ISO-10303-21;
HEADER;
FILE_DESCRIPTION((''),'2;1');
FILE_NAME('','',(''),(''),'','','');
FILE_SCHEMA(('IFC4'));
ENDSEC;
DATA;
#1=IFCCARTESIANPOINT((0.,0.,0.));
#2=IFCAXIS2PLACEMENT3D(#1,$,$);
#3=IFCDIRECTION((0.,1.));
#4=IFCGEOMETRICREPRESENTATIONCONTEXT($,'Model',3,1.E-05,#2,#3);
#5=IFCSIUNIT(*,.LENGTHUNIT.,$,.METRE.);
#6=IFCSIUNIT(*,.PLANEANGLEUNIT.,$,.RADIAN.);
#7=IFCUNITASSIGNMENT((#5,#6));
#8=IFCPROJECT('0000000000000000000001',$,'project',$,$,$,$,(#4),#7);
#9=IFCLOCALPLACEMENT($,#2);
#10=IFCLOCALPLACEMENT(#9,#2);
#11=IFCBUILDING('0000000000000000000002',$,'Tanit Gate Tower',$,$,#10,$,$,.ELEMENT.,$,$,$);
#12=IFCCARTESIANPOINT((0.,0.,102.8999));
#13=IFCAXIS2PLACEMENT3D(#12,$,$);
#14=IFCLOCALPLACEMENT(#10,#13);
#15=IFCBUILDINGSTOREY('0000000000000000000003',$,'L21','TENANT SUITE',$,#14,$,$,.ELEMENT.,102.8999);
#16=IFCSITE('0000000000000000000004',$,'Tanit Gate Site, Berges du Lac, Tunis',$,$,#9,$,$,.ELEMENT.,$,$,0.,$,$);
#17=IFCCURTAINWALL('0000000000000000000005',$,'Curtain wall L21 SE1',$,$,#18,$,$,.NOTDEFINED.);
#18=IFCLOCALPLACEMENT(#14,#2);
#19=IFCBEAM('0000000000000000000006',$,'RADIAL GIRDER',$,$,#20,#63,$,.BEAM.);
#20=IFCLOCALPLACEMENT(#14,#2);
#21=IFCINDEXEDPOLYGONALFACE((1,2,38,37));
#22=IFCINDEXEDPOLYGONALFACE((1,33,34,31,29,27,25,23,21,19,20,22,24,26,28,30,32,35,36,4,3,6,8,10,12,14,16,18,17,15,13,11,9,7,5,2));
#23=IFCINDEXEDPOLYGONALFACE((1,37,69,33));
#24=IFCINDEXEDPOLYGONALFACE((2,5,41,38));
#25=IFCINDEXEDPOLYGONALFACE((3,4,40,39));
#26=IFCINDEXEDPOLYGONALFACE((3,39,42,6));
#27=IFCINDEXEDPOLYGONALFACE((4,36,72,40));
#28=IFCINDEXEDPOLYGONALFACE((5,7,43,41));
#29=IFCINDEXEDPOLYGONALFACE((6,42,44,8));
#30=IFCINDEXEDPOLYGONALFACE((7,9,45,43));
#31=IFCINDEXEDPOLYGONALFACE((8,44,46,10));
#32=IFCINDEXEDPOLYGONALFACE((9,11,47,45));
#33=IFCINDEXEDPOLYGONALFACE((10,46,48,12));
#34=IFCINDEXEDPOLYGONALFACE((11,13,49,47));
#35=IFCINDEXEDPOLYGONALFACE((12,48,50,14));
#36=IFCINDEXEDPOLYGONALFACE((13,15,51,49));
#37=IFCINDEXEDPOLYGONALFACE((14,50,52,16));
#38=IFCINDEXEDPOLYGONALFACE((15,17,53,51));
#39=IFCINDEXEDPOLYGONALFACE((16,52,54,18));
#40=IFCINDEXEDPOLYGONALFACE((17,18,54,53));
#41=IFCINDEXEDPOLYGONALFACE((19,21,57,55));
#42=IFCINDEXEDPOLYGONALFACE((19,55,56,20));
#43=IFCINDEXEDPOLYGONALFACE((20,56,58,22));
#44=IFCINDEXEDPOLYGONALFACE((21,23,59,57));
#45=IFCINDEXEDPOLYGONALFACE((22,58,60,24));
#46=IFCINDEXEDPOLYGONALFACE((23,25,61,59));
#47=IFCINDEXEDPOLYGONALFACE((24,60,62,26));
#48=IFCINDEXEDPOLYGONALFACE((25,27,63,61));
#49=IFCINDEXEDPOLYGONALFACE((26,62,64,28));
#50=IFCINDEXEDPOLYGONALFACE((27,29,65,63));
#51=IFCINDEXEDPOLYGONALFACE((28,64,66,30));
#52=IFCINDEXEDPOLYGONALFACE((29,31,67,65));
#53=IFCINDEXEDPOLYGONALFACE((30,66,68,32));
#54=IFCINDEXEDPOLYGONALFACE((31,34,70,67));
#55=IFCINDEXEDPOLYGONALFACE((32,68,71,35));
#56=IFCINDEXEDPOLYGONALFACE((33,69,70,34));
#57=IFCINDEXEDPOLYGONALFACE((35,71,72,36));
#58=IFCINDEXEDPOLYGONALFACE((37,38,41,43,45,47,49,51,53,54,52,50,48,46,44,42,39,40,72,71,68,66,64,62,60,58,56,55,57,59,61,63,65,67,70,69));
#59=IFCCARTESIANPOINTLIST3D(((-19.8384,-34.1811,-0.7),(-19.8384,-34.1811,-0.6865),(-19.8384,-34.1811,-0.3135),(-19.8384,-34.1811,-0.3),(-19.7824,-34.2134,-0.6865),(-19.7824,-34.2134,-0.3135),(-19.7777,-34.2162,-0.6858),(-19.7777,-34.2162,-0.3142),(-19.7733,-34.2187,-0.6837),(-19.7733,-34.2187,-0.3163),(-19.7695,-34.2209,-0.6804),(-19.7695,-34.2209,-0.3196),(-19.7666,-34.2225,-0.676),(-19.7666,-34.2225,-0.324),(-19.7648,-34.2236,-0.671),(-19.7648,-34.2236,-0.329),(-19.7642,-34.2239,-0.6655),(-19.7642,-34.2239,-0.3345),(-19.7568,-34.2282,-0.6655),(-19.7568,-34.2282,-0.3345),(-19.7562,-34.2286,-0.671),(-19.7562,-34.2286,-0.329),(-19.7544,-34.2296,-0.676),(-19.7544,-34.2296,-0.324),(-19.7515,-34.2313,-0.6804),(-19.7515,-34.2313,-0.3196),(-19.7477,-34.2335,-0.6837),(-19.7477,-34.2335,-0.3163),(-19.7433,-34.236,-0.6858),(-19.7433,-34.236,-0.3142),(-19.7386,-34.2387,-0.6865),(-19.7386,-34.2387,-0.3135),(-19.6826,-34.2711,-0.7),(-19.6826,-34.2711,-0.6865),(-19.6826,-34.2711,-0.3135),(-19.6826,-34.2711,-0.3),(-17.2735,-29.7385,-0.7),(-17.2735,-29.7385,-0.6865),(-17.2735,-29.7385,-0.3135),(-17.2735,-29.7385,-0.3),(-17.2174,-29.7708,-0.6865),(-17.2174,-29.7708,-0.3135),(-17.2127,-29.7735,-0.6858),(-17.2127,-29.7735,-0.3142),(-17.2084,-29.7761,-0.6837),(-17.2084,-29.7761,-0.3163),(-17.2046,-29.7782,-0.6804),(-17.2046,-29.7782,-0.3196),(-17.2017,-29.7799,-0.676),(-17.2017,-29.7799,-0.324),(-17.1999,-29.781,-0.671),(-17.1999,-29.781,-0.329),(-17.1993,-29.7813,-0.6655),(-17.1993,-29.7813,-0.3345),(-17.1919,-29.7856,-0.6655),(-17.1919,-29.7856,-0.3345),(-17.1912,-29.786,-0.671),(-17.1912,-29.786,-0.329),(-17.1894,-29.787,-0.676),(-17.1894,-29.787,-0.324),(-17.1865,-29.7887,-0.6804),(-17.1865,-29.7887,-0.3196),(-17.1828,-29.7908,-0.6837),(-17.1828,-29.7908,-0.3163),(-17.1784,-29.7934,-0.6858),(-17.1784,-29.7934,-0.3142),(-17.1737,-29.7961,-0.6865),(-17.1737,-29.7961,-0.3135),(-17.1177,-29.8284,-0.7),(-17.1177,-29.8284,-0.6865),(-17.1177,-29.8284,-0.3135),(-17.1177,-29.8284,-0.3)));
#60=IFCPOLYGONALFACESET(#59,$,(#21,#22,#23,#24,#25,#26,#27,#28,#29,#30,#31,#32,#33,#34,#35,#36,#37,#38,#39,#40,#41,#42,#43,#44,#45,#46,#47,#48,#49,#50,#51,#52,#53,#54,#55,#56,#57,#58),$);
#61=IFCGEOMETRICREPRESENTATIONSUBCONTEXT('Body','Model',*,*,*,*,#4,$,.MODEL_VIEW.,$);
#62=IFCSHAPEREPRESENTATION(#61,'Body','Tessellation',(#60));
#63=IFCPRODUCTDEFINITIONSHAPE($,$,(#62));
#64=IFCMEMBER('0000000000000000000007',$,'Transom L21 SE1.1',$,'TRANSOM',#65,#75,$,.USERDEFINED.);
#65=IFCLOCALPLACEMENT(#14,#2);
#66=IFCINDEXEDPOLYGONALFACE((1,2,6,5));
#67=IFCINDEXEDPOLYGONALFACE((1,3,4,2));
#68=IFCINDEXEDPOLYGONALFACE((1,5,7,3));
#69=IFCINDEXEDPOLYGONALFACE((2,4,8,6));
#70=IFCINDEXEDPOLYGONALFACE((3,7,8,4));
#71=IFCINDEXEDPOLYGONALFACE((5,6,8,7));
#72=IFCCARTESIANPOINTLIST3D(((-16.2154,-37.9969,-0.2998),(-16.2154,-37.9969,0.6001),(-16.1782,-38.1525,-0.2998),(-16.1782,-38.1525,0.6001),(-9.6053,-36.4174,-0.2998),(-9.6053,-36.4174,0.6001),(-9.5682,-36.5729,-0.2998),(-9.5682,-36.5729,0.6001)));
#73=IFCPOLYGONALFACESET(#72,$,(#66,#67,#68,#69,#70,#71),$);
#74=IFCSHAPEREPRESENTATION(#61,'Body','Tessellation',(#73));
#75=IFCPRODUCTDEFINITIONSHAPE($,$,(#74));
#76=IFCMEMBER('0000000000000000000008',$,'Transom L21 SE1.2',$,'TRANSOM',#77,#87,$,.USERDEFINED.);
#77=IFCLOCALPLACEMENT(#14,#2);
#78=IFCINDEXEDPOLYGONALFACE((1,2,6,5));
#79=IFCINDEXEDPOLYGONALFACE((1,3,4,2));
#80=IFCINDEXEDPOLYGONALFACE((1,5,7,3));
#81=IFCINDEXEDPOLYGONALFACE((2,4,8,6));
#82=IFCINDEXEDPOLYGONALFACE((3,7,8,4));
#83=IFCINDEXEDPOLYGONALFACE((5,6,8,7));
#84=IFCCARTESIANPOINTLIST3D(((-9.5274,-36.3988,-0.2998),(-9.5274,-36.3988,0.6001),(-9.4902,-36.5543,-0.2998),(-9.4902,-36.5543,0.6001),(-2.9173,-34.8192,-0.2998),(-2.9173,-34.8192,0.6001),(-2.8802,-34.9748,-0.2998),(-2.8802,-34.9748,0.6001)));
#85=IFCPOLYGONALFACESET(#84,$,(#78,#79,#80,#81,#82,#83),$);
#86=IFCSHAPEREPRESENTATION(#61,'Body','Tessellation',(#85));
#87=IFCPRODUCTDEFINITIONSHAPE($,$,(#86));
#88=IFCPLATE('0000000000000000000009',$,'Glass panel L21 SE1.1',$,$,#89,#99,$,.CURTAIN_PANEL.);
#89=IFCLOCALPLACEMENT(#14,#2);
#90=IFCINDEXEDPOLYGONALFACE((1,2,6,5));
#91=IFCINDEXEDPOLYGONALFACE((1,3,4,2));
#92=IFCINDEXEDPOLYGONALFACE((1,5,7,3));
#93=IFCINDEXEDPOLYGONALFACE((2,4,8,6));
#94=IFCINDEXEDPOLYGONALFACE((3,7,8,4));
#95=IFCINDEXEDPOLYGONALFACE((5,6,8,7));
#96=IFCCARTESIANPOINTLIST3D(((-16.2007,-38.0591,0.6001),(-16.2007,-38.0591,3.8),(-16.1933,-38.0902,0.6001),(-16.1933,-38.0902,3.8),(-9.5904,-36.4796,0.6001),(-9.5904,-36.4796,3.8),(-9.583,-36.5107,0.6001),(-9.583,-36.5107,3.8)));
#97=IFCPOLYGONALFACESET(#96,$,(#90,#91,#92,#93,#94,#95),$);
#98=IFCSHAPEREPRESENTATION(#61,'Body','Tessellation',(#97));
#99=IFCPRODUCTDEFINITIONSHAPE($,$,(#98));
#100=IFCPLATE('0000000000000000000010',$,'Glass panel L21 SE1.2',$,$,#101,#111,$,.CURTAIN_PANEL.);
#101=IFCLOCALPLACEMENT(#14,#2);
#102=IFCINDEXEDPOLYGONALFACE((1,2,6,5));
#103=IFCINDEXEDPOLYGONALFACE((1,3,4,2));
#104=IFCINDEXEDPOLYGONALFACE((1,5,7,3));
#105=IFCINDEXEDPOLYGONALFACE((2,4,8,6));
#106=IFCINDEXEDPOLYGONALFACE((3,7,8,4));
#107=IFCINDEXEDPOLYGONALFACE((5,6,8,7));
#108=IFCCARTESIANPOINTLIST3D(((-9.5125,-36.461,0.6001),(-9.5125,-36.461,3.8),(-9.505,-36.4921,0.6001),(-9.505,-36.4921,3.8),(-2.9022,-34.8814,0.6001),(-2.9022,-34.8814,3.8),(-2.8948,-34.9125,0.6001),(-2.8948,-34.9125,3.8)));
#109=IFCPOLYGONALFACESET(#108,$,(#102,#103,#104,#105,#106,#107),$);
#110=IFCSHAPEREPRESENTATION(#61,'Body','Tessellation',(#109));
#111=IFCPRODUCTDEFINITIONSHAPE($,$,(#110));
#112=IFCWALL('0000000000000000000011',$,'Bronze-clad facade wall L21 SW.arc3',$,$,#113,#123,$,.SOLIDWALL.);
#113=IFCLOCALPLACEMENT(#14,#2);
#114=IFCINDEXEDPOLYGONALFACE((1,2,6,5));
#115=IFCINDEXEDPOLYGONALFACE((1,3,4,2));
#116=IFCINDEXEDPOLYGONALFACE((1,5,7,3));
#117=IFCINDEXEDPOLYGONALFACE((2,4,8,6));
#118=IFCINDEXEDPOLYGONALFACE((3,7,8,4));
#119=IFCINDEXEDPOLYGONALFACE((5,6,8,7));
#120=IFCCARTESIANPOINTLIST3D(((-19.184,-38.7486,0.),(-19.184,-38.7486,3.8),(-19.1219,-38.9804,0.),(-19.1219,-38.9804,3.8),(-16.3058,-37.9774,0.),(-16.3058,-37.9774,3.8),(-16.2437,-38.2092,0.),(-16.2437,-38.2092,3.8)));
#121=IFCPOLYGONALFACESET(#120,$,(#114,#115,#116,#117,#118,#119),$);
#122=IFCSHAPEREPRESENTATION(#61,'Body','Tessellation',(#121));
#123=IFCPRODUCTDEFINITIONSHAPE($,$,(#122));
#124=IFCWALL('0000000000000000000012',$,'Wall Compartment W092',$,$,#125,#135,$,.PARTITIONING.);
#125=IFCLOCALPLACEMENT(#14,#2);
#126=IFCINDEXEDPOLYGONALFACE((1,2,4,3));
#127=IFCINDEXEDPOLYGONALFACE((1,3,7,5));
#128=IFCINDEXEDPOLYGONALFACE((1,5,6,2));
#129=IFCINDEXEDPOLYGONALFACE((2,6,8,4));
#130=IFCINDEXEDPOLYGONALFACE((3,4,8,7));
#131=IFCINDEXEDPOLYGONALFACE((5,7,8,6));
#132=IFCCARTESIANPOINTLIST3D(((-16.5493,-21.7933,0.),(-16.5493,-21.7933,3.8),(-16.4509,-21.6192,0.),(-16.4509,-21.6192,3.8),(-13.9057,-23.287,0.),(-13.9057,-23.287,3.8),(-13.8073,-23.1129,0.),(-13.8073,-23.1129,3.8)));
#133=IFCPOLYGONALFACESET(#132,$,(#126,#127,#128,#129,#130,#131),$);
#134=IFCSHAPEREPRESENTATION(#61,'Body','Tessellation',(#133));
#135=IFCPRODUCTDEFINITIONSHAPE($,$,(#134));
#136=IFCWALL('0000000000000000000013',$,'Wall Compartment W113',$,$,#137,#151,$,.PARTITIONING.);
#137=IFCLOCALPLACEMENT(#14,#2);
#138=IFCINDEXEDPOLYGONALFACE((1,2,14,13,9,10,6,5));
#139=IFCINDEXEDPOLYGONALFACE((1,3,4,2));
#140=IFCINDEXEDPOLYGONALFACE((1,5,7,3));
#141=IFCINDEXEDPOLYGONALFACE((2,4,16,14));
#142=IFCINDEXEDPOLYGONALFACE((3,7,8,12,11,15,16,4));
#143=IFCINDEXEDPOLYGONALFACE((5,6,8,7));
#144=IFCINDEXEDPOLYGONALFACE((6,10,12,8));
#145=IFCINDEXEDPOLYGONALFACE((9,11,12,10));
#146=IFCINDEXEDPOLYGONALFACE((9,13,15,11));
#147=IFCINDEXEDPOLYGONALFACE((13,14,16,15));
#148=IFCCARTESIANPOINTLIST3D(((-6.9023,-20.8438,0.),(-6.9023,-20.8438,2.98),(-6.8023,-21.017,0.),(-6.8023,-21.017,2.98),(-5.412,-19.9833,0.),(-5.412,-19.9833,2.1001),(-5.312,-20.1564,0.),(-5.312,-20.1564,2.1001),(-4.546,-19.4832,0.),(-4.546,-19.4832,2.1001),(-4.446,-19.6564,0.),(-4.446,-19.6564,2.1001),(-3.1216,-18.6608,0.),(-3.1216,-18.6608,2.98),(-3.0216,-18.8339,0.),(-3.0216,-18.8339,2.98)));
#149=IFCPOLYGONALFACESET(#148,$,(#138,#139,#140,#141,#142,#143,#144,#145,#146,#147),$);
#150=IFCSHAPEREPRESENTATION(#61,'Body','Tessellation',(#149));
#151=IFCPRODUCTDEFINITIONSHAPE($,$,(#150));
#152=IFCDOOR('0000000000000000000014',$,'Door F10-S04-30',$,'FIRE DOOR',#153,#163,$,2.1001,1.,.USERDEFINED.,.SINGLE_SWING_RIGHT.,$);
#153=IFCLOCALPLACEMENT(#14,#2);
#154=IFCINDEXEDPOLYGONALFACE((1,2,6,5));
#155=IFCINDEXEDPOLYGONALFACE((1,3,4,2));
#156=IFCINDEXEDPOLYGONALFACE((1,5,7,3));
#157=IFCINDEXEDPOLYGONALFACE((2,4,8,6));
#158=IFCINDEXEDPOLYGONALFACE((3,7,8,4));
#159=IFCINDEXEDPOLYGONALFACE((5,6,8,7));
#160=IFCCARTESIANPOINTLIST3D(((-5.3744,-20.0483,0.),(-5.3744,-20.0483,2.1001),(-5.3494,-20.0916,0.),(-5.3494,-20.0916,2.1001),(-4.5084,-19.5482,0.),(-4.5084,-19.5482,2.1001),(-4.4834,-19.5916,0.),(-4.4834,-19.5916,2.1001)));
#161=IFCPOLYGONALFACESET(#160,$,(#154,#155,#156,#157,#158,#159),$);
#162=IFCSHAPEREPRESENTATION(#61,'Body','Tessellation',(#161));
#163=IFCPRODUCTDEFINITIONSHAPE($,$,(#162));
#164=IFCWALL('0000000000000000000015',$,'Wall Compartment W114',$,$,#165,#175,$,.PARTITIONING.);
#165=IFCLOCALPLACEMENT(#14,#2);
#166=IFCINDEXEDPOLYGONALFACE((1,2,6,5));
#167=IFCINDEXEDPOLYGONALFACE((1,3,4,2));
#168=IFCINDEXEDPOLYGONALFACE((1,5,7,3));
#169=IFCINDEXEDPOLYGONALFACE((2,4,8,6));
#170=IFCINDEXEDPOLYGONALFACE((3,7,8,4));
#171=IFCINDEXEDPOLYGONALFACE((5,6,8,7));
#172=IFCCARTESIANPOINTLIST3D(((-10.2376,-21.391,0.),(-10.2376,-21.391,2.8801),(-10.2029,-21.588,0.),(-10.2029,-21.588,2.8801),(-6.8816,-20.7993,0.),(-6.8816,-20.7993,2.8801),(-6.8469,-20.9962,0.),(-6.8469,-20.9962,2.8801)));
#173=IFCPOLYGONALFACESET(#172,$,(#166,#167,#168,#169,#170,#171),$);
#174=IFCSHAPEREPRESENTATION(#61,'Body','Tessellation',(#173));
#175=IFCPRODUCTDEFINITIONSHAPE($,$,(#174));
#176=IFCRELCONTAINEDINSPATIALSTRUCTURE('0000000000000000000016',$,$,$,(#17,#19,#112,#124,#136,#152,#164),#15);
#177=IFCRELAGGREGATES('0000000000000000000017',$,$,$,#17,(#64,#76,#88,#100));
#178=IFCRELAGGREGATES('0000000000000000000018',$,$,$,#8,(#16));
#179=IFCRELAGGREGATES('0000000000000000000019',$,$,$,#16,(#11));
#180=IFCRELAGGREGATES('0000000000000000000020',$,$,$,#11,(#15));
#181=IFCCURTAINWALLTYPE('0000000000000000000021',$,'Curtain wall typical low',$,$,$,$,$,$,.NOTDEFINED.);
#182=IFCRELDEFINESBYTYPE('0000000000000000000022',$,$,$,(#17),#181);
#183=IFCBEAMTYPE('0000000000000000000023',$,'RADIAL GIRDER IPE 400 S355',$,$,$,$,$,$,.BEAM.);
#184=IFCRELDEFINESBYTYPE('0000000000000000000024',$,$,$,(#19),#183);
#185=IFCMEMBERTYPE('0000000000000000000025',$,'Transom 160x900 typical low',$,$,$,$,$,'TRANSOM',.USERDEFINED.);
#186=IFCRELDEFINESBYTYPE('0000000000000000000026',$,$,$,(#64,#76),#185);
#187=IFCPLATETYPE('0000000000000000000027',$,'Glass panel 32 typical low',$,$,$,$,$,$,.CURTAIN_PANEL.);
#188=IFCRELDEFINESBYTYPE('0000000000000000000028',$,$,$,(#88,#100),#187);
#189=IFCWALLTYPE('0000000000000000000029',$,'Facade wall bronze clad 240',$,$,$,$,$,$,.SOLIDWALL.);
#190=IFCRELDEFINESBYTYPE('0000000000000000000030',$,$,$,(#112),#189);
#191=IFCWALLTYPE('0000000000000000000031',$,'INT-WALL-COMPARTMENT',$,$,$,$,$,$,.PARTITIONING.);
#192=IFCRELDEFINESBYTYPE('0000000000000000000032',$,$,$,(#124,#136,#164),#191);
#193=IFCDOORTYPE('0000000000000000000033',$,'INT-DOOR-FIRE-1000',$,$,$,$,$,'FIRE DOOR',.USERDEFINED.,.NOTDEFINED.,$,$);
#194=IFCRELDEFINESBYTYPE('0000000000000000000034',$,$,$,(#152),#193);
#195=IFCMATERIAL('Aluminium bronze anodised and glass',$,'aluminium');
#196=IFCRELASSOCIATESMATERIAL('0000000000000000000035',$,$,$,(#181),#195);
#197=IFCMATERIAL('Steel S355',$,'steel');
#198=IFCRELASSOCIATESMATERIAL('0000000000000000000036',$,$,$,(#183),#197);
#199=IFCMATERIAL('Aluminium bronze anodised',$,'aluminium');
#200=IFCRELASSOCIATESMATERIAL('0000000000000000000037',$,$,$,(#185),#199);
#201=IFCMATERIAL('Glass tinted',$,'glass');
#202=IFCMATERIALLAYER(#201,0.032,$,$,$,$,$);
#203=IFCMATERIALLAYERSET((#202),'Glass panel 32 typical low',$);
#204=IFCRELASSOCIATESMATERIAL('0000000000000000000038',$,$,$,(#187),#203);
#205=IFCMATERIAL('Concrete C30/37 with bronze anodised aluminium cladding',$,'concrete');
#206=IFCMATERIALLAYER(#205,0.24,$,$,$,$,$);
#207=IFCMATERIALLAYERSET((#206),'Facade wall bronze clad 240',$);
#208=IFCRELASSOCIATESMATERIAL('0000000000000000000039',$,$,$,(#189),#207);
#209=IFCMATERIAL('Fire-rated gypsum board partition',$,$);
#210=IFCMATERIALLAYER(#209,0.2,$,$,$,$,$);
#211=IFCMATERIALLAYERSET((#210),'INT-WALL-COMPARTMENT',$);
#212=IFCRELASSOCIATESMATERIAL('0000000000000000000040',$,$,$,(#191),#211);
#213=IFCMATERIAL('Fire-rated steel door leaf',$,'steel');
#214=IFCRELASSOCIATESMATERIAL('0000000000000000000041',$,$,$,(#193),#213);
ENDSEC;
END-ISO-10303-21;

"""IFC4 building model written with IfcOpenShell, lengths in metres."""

from ifc_helpers import new_model, si_unit, direction, frame, frame_2d, origin, origin_2d, place, context, subcontext, project, spatial, rectangle, i_section, extrude, material, layer, layer_set, material_profile, profile_set, type_object, element, fill, aggregate, save


model = new_model("IFC4")

# Units and contexts
model_context = context("Model", 3, precision=1e-05, world=origin(), true_north=direction((0.0, 1.0)))
body_context = subcontext(model_context, "Body", "Model", "MODEL_VIEW")
ifc_project = project(units=[si_unit("LENGTHUNIT", "METRE"), si_unit("PLANEANGLEUNIT", "RADIAN")], contexts=[model_context])

# Site, building, storey
site_placement = place(None, origin())
site = spatial("IfcSite", under=ifc_project, at=site_placement, Name="Tanit Gate Site, Berges du Lac, Tunis", CompositionType="ELEMENT", RefElevation=0.0)
building_placement = place(site_placement, origin())
building = spatial("IfcBuilding", under=site, at=building_placement, Name="Tanit Gate Tower", CompositionType="ELEMENT")
storey_placement = place(building_placement, frame((0.0, 0.0, 102.8999)))
storey = spatial("IfcBuildingStorey", under=building, at=storey_placement, Name="L21", Description="TENANT SUITE", CompositionType="ELEMENT", Elevation=102.8999)

# Curtain wall
ifc_material_1 = material(Name="Aluminium bronze anodised and glass", Category="aluminium")
curtain_wall_type = type_object("IfcCurtainWallType", Name="Curtain wall typical low", PredefinedType="NOTDEFINED", material=ifc_material_1)
curtain_wall_placement = place(storey_placement, origin())
curtain_wall = element("IfcCurtainWall", 1, at=curtain_wall_placement, inside=storey, type_object=curtain_wall_type, Name="Curtain wall L21 SE1", PredefinedType="NOTDEFINED")

# Beam
ifc_material_2 = material(Name="Steel S355", Category="steel")
ifc_material_profile_1 = material_profile(ifc_material_2, i_section(OverallWidth=0.1799, OverallDepth=0.3999, WebThickness=0.0085, FlangeThickness=0.0134, FilletRadius=0.021, at=origin_2d()), Name="IPE 400")
ifc_profile_set_1 = profile_set([ifc_material_profile_1], Name="Steel S355")
beam_type_1 = type_object("IfcBeamType", Name="RADIAL GIRDER IPE 400 S355", PredefinedType="BEAM", material=ifc_profile_set_1)
beam_1_placement = place(storey_placement, frame((-19.7605, -34.2261, -0.5), z_axis=(0.499998, 0.866026, 0.0), x_axis=(-0.866026, 0.499998, 0.0)))
element("IfcBeam", 2, at=beam_1_placement, inside=storey, type_object=beam_type_1, Name="RADIAL GIRDER", PredefinedType="BEAM", context=body_context, shape_type="SweptSolid", body=[
    extrude(i_section(OverallWidth=0.1799, OverallDepth=0.3999, WebThickness=0.0085, FlangeThickness=0.0134, FilletRadius=0.021, at=origin_2d()), origin(), (0.0, 0.0, 1.0), 5.1299),
])

# Members
ifc_material_3 = material(Name="Aluminium bronze anodised", Category="aluminium")
ifc_material_profile_2 = material_profile(ifc_material_3, rectangle(XDim=0.1599, YDim=0.8999, at=origin_2d()), Name="160x900 bronze transom")
ifc_profile_set_2 = profile_set([ifc_material_profile_2], Name="Aluminium bronze anodised")
member_type_1 = type_object("IfcMemberType", Name="Transom 160x900 typical low", ElementType="TRANSOM", PredefinedType="USERDEFINED", material=ifc_profile_set_2)
member_1_placement = place(storey_placement, frame((-16.1968, -38.0747, 0.1501), z_axis=(0.972615, 0.232422, 0.0), x_axis=(-0.232422, 0.972615, 0.0)))
member_1 = element("IfcMember", 3, at=member_1_placement, type_object=member_type_1, Name="Transom L21 SE1.1", ObjectType="TRANSOM", PredefinedType="USERDEFINED", context=body_context, shape_type="SweptSolid", body=[
    extrude(rectangle(XDim=0.1599, YDim=0.8999, at=origin_2d()), origin(), (0.0, 0.0, 1.0), 6.7961),
])
member_2_placement = place(storey_placement, frame((-9.5088, -36.4766, 0.1501), z_axis=(0.972615, 0.232422, 0.0), x_axis=(-0.232422, 0.972615, 0.0)))
member_2 = element("IfcMember", 4, at=member_2_placement, type_object=member_type_1, Name="Transom L21 SE1.2", ObjectType="TRANSOM", PredefinedType="USERDEFINED", context=body_context, shape_type="SweptSolid", body=[
    extrude(rectangle(XDim=0.1599, YDim=0.8999, at=origin_2d()), origin(), (0.0, 0.0, 1.0), 6.7961),
])

# Plates
ifc_material_4 = material(Name="Glass tinted", Category="glass")
ifc_layer_1 = layer(ifc_material_4, 0.032)
ifc_layer_set_1 = layer_set([ifc_layer_1], Name="Glass panel 32 typical low")
plate_type = type_object("IfcPlateType", Name="Glass panel 32 typical low", PredefinedType="CURTAIN_PANEL", material=ifc_layer_set_1)
plate_1_placement = place(storey_placement, frame((-12.8918, -37.2849, 0.6001), z_axis=(0.0, 0.0, 1.0), x_axis=(0.972618, 0.232409, 0.0)))
plate_1 = element("IfcPlate", 5, at=plate_1_placement, type_object=plate_type, Name="Glass panel L21 SE1.1", PredefinedType="CURTAIN_PANEL", context=body_context, shape_type="SweptSolid", body=[
    extrude(rectangle(XDim=6.7964, YDim=0.032, at=origin_2d()), origin(), (0.0, 0.0, 1.0), 3.2),
])
plate_2_placement = place(storey_placement, frame((-6.2036, -35.6868, 0.6001), z_axis=(0.0, 0.0, 1.0), x_axis=(0.972618, 0.232409, 0.0)))
plate_2 = element("IfcPlate", 6, at=plate_2_placement, type_object=plate_type, Name="Glass panel L21 SE1.2", PredefinedType="CURTAIN_PANEL", context=body_context, shape_type="SweptSolid", body=[
    extrude(rectangle(XDim=6.7964, YDim=0.032, at=origin_2d()), origin(), (0.0, 0.0, 1.0), 3.2),
])
aggregate(curtain_wall, [member_1, member_2, plate_1, plate_2])

# Walls
ifc_material_5 = material(Name="Concrete C30/37 with bronze anodised aluminium cladding", Category="concrete")
ifc_layer_2 = layer(ifc_material_5, 0.24)
ifc_layer_set_2 = layer_set([ifc_layer_2], Name="Facade wall bronze clad 240")
wall_type_1 = type_object("IfcWallType", Name="Facade wall bronze clad 240", PredefinedType="SOLIDWALL", material=ifc_layer_set_2)
wall_1_placement = place(storey_placement, frame((-19.1528, -38.8645, 0.0), z_axis=(0.0, 0.0, 1.0), x_axis=(0.965923, 0.25883, 0.0)))
element("IfcWall", 7, at=wall_1_placement, inside=storey, type_object=wall_type_1, Name="Bronze-clad facade wall L21 SW.arc3", PredefinedType="SOLIDWALL", context=body_context, shape_type="SweptSolid", body=[
    extrude(rectangle(XDim=2.9797, YDim=0.24, at=frame_2d((1.4897, 0.0))), origin(), (0.0, 0.0, 1.0), 3.8),
])
ifc_material_6 = material(Name="Fire-rated gypsum board partition")
ifc_layer_3 = layer(ifc_material_6, 0.2)
ifc_layer_set_3 = layer_set([ifc_layer_3], Name="INT-WALL-COMPARTMENT")
wall_type_2 = type_object("IfcWallType", Name="INT-WALL-COMPARTMENT", PredefinedType="PARTITIONING", material=ifc_layer_set_3)
wall_2_placement = place(storey_placement, frame((-16.5, -21.7063, 0.0), z_axis=(0.0, 0.0, 1.0), x_axis=(0.870638, -0.491925, 0.0)))
element("IfcWall", 8, at=wall_2_placement, inside=storey, type_object=wall_type_2, Name="Wall Compartment W092", PredefinedType="PARTITIONING", context=body_context, shape_type="SweptSolid", body=[
    extrude(rectangle(XDim=3.0364, YDim=0.2, at=frame_2d((1.5181, 0.0))), origin(), (0.0, 0.0, 1.0), 3.8),
])

# Wall, opening, door
wall_3_placement = place(storey_placement, frame((-6.8523, -20.9304, 0.0), z_axis=(0.0, 0.0, 1.0), x_axis=(0.865997, 0.500048, 0.0)))
wall_3 = element("IfcWall", 9, at=wall_3_placement, inside=storey, type_object=wall_type_2, Name="Wall Compartment W113", PredefinedType="PARTITIONING", context=body_context, shape_type="SweptSolid", body=[
    extrude(rectangle(XDim=4.3657, YDim=0.2, at=frame_2d((2.1829, 0.0))), origin(), (0.0, 0.0, 1.0), 2.98),
])
opening_placement = place(wall_3_placement, frame((1.7209, 0.0, 0.0)))
opening = element("IfcOpeningElement", 10, at=opening_placement, cuts=wall_3, PredefinedType="OPENING", context=body_context, shape_type="SweptSolid", body=[
    extrude(rectangle(XDim=1.0, YDim=2.1001, at=frame_2d((0.5, 1.05))), frame((0.0, 0.1099, 0.0), z_axis=(0.0, -1.0, 0.0), x_axis=(1.0, 0.0, 0.0)), (0.0, 0.0, 1.0), 0.22),
])
ifc_material_7 = material(Name="Fire-rated steel door leaf", Category="steel")
door_type = type_object("IfcDoorType", Name="INT-DOOR-FIRE-1000", ElementType="FIRE DOOR", OperationType="NOTDEFINED", PredefinedType="USERDEFINED", material=ifc_material_7)
door_placement = place(opening_placement, origin())
door = element("IfcDoor", 11, at=door_placement, inside=storey, type_object=door_type, Name="Door F10-S04-30", ObjectType="FIRE DOOR", OperationType="SINGLE_SWING_RIGHT", OverallHeight=2.1001, OverallWidth=1.0, PredefinedType="USERDEFINED", context=body_context, shape_type="SweptSolid", body=[
    extrude(rectangle(XDim=1.0, YDim=2.1001, at=frame_2d((0.5, 1.05))), frame((0.0, 0.0249, 0.0), z_axis=(0.0, -1.0, 0.0), x_axis=(1.0, 0.0, 0.0)), (0.0, 0.0, 1.0), 0.05),
])
fill(opening, door)

# Wall
wall_4_placement = place(storey_placement, frame((-10.2202, -21.4895, 0.0), z_axis=(0.0, 0.0, 1.0), x_axis=(0.984805, 0.173663, 0.0)))
element("IfcWall", 12, at=wall_4_placement, inside=storey, type_object=wall_type_2, Name="Wall Compartment W114", PredefinedType="PARTITIONING", context=body_context, shape_type="SweptSolid", body=[
    extrude(rectangle(XDim=3.4077, YDim=0.2, at=frame_2d((1.7039, 0.0))), origin(), (0.0, 0.0, 1.0), 2.8801),
])

save(model, "model.ifc")
